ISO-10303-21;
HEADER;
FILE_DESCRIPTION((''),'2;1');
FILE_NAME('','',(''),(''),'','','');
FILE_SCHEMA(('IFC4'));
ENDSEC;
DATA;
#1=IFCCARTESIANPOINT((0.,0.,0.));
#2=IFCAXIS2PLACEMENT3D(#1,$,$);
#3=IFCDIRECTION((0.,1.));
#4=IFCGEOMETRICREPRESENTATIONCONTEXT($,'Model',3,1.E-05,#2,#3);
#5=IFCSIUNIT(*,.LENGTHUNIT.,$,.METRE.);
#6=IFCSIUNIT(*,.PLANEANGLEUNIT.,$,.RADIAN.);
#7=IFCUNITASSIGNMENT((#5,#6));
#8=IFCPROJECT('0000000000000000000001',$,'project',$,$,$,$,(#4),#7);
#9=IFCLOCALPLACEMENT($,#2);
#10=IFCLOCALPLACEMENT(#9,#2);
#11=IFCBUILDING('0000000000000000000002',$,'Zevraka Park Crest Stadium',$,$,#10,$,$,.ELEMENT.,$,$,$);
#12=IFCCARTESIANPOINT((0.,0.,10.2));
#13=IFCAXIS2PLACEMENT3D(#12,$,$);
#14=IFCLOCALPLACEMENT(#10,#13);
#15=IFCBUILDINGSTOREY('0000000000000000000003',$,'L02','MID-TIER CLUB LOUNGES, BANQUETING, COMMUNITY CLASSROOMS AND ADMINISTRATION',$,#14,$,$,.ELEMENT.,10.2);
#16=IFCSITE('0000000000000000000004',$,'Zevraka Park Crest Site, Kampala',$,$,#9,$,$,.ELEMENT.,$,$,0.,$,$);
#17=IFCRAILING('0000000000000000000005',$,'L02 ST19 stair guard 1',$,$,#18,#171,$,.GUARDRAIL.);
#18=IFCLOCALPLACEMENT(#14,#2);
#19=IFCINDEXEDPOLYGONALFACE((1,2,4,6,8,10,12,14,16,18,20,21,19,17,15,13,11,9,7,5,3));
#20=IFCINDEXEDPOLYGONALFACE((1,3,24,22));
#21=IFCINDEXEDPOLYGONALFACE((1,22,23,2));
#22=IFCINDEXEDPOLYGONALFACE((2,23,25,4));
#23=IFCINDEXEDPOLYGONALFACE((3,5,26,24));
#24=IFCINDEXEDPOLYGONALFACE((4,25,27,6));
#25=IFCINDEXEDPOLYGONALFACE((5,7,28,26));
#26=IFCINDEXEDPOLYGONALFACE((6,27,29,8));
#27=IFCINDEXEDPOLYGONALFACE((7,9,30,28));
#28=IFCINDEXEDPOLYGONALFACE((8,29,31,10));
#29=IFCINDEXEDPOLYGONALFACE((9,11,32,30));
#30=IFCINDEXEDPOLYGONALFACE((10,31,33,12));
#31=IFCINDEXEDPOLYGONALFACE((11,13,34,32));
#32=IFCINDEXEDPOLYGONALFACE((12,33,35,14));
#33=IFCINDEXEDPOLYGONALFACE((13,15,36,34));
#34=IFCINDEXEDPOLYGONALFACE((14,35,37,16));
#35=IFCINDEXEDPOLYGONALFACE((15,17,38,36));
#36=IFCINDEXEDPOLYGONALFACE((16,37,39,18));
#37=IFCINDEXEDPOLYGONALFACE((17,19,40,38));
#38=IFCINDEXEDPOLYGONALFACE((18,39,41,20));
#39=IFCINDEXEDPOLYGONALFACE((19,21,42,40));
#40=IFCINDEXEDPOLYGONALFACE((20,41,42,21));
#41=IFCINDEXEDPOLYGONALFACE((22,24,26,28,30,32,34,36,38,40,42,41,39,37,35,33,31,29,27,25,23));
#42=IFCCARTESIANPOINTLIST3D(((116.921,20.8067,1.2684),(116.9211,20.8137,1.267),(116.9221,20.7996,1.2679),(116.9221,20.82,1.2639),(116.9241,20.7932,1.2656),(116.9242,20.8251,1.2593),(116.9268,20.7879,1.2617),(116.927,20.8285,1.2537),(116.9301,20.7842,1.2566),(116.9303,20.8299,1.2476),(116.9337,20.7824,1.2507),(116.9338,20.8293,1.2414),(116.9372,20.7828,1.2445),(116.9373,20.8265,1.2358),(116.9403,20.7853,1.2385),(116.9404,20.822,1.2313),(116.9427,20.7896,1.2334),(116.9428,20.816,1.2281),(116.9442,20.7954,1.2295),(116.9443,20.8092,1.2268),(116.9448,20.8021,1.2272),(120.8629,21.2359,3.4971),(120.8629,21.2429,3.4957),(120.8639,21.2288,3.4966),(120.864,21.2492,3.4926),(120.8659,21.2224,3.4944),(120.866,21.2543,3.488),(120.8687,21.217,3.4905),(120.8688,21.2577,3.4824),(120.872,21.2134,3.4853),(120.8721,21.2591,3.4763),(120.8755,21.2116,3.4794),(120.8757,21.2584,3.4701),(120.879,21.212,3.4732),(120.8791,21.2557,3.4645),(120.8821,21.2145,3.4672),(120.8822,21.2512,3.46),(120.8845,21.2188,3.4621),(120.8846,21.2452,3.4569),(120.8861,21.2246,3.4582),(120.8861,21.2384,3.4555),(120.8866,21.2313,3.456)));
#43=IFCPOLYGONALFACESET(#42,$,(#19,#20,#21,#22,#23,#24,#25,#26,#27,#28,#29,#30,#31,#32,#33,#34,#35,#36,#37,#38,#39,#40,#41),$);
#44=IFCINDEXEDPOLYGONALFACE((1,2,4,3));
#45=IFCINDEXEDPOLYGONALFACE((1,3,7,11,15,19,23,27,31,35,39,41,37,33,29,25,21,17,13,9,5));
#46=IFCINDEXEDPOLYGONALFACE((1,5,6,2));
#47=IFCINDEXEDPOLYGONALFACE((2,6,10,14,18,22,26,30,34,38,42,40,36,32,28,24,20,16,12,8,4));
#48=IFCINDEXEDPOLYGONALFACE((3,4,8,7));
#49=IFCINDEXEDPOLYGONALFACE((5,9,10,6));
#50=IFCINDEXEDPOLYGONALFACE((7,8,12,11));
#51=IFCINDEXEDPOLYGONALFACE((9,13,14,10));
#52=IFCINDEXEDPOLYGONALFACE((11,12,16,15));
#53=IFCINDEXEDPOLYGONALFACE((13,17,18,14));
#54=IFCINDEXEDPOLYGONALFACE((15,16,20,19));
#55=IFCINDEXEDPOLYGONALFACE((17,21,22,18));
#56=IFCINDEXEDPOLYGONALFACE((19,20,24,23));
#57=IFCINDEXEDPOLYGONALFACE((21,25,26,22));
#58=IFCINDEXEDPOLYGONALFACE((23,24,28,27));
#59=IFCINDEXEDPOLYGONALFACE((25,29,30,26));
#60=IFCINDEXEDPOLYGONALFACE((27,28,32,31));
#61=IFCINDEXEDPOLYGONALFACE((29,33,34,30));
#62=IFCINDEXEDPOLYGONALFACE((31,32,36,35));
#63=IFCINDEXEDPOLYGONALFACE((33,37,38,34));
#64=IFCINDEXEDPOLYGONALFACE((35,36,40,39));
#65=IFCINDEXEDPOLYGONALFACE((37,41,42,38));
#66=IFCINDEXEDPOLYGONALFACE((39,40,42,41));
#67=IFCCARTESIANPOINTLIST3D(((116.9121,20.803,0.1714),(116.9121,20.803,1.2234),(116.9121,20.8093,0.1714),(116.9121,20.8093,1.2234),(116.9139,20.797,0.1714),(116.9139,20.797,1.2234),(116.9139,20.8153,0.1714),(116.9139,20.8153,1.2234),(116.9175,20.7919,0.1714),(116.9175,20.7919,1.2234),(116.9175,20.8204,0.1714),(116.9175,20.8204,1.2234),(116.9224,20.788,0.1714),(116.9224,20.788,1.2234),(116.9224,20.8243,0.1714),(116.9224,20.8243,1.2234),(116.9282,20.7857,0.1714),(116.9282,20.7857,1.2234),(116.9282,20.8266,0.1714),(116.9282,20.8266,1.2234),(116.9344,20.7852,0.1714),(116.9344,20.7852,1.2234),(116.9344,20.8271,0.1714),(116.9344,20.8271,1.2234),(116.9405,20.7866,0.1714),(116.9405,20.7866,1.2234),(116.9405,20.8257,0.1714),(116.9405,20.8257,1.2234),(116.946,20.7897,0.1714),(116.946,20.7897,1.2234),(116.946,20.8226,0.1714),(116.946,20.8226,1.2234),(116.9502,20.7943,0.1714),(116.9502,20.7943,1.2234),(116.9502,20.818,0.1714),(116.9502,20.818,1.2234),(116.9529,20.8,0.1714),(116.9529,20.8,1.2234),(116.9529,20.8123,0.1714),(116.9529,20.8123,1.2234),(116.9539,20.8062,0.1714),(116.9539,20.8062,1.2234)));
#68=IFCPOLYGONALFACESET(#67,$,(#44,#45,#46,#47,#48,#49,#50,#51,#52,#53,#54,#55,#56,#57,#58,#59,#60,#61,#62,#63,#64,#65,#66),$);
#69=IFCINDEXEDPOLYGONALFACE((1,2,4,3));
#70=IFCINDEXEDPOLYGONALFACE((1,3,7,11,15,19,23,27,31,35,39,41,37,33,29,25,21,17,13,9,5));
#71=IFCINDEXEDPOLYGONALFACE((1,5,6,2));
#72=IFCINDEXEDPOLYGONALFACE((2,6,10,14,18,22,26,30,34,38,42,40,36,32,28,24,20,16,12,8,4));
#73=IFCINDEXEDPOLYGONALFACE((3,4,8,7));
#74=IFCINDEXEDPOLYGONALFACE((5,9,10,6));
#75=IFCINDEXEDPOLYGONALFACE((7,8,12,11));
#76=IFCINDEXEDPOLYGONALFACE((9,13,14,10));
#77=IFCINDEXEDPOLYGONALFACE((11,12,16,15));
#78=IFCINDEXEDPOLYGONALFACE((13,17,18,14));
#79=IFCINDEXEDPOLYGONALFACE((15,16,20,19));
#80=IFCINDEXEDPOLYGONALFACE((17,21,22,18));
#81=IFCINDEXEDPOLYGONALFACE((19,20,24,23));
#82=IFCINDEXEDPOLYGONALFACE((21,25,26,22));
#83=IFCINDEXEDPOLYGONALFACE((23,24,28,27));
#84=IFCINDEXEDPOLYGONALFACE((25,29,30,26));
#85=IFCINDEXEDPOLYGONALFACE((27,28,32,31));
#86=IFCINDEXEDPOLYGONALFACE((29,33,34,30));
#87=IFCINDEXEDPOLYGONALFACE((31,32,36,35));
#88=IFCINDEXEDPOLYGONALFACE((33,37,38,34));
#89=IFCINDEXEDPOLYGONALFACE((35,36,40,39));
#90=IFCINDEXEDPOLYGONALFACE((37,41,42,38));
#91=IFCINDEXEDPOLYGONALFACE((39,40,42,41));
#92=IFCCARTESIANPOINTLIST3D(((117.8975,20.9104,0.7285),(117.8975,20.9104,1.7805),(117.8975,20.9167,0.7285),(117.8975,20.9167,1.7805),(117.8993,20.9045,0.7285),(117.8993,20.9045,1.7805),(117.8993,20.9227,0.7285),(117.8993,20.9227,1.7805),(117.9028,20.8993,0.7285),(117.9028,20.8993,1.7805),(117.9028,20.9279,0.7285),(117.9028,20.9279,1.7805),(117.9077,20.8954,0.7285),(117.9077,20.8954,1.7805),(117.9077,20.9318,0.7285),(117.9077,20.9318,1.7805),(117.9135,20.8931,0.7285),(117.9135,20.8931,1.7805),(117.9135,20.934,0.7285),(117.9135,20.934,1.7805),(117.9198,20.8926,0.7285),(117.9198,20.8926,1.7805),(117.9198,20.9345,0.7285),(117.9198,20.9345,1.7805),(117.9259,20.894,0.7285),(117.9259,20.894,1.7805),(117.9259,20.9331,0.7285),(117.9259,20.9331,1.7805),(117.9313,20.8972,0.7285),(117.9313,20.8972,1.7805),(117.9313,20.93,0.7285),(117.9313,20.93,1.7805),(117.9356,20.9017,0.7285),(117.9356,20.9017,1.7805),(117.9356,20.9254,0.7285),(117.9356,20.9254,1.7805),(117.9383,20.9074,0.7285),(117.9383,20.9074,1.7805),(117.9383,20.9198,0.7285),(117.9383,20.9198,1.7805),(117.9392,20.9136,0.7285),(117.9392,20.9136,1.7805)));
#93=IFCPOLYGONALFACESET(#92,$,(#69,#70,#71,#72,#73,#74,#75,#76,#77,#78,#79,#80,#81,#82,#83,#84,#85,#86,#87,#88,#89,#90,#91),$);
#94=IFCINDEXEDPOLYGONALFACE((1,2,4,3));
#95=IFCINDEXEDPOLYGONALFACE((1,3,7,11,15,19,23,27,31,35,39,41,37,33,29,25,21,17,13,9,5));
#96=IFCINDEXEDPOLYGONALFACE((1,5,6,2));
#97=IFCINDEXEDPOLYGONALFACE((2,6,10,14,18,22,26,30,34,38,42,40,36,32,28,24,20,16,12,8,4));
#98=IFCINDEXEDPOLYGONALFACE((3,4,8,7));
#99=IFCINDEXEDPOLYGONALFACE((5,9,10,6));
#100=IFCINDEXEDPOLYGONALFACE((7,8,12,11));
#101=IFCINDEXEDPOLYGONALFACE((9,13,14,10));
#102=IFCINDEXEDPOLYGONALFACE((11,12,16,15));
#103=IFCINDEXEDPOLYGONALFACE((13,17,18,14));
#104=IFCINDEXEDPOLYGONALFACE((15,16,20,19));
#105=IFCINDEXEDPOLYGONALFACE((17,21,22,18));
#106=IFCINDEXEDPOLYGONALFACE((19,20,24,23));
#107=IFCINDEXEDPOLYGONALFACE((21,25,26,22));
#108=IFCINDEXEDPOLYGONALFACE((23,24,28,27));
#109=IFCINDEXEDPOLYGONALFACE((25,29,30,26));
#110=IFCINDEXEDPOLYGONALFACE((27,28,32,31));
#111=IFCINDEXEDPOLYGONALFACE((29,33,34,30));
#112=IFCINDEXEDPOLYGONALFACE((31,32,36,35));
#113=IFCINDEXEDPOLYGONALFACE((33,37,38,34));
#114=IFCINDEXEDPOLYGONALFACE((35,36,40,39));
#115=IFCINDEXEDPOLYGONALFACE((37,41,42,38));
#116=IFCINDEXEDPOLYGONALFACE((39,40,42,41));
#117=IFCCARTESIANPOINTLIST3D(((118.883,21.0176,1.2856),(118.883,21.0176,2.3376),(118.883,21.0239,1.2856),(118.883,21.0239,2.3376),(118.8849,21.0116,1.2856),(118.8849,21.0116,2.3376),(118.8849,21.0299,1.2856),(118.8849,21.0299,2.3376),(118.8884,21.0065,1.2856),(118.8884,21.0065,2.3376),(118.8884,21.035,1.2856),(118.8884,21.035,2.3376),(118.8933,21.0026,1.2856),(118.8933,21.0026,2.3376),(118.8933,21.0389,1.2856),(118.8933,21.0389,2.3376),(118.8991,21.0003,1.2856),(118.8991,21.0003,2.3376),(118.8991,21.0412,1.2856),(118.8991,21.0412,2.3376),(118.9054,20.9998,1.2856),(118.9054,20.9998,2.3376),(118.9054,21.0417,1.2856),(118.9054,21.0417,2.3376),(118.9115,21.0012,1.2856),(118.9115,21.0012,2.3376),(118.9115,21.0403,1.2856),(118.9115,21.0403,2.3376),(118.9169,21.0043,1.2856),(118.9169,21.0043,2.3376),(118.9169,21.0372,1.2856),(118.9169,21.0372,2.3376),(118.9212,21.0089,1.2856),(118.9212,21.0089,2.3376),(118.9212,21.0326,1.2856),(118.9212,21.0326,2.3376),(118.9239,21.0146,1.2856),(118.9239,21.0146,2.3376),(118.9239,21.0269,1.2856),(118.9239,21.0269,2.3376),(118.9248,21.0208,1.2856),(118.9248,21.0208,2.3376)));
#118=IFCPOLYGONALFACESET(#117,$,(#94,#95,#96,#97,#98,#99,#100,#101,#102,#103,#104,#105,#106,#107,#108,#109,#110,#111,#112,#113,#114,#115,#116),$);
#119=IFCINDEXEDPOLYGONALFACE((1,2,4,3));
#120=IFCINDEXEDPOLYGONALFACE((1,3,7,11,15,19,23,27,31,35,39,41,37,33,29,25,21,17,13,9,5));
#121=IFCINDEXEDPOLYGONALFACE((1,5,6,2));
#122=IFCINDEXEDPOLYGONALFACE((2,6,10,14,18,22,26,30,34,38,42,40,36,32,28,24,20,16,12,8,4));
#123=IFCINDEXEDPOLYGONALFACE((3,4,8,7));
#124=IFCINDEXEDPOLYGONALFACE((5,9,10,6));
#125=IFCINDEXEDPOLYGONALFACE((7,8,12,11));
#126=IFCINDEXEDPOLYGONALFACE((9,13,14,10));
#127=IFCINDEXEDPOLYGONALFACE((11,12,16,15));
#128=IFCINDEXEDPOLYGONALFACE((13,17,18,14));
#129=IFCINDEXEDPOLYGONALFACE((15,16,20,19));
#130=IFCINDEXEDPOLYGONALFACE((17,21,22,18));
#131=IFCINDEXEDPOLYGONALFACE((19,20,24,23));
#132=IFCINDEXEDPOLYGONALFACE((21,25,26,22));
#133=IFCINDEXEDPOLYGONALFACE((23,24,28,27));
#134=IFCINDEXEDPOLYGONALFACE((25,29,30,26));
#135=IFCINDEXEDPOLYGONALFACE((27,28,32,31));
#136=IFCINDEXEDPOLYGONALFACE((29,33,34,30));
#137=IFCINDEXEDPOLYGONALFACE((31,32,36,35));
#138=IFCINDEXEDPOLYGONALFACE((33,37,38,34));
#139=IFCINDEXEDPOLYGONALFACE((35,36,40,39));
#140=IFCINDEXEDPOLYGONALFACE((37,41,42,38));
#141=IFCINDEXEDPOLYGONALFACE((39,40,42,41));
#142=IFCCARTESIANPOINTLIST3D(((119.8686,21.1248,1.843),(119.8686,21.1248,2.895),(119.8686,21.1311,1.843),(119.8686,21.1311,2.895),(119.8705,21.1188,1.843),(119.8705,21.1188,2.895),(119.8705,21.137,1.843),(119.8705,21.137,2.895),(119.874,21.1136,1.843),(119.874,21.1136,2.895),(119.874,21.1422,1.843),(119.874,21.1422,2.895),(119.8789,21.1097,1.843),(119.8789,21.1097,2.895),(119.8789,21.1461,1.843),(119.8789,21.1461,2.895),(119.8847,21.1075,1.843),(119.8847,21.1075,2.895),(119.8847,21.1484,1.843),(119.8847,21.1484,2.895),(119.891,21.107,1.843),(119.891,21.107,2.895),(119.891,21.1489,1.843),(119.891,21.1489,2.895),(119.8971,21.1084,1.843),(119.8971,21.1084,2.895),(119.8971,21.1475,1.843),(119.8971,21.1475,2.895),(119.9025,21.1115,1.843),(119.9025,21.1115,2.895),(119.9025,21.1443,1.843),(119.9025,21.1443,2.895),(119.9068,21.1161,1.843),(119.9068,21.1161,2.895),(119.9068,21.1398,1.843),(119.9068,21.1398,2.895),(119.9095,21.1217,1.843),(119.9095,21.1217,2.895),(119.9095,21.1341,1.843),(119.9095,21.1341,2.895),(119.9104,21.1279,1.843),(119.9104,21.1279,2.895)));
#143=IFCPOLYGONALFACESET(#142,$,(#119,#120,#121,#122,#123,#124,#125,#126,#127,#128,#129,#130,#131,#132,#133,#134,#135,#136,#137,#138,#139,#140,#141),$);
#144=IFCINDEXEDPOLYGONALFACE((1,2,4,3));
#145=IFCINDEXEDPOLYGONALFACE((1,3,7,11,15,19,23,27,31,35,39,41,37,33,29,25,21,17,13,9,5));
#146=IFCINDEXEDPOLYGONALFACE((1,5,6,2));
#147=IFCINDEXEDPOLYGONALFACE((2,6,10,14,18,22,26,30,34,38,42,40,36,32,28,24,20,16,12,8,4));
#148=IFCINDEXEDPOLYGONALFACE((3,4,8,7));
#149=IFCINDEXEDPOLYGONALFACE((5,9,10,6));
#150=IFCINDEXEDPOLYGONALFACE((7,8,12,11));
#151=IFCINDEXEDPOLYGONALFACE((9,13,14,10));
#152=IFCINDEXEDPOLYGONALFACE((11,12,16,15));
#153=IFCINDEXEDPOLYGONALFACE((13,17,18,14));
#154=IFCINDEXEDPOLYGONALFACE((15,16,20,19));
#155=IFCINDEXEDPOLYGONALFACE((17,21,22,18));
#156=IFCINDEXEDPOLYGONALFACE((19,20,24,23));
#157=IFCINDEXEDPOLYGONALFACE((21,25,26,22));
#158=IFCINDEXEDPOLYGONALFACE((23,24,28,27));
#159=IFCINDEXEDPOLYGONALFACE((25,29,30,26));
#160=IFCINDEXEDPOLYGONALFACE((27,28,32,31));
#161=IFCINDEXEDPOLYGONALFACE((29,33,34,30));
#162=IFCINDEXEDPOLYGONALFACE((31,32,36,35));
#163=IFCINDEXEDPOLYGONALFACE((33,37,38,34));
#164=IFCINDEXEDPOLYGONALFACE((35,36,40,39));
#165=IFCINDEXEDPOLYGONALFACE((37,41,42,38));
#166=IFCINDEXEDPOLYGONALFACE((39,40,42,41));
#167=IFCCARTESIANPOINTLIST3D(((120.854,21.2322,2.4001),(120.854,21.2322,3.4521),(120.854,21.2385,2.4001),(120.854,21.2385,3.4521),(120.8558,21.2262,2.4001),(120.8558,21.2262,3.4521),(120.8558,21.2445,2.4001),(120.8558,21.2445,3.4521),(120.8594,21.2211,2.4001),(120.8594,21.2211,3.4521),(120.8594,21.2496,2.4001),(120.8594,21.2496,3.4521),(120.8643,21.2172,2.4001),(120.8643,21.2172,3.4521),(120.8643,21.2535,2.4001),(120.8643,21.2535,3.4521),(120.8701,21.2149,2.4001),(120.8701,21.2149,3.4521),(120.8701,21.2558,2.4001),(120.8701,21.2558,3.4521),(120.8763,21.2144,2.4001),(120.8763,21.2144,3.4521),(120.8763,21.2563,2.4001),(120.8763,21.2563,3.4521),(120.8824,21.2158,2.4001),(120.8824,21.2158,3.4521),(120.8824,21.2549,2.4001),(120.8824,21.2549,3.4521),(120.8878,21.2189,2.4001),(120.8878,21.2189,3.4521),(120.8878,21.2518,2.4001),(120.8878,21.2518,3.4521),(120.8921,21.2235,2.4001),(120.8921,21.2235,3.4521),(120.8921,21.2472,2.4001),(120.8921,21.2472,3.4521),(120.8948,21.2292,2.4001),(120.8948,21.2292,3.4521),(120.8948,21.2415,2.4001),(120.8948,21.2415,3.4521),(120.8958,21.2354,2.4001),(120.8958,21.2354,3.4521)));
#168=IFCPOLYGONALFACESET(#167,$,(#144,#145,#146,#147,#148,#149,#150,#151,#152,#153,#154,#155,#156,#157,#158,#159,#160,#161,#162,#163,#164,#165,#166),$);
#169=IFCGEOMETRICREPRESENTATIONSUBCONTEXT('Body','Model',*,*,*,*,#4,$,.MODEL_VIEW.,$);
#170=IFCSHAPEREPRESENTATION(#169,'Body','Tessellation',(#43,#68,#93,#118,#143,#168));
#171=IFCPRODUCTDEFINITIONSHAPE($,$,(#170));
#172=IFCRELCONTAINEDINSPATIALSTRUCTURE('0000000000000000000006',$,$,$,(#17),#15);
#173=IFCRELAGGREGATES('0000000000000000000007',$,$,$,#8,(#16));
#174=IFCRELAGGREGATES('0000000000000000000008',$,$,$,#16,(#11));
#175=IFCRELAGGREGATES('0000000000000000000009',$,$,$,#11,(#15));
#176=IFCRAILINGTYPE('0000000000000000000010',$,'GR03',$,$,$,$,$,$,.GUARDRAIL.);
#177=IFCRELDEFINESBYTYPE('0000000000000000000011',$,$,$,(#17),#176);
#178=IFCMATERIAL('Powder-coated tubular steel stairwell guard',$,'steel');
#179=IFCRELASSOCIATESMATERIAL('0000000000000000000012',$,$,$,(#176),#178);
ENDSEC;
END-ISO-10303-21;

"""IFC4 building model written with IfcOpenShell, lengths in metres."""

from ifc_helpers import new_model, si_unit, direction, frame, origin, origin_2d, place, context, subcontext, project, spatial, circle, extrude, material, type_object, element, save


model = new_model("IFC4")

# Units and contexts
model_context = context("Model", 3, precision=1e-05, world=origin(), true_north=direction((0.0, 1.0)))
body_context = subcontext(model_context, "Body", "Model", "MODEL_VIEW")
ifc_project = project(units=[si_unit("LENGTHUNIT", "METRE"), si_unit("PLANEANGLEUNIT", "RADIAN")], contexts=[model_context])

# Site, building, storey
site_placement = place(None, origin())
site = spatial("IfcSite", under=ifc_project, at=site_placement, Name="Zevraka Park Crest Site, Kampala", CompositionType="ELEMENT", RefElevation=0.0)
building_placement = place(site_placement, origin())
building = spatial("IfcBuilding", under=site, at=building_placement, Name="Zevraka Park Crest Stadium", CompositionType="ELEMENT")
storey_placement = place(building_placement, frame((0.0, 0.0, 10.2)))
storey = spatial("IfcBuildingStorey", under=building, at=storey_placement, Name="L02", Description="MID-TIER CLUB LOUNGES, BANQUETING, COMMUNITY CLASSROOMS AND ADMINISTRATION", CompositionType="ELEMENT", Elevation=10.2)

# Railing
ifc_material_1 = material(Name="Powder-coated tubular steel stairwell guard", Category="steel")
railing_type_1 = type_object("IfcRailingType", Name="GR03", PredefinedType="GUARDRAIL", material=ifc_material_1)
railing_1_placement = place(storey_placement, frame((116.9329, 20.8062, 0.1714)))
element("IfcRailing", 1, at=railing_1_placement, inside=storey, type_object=railing_type_1, Name="L02 ST19 stair guard 1", PredefinedType="GUARDRAIL", context=body_context, shape_type="SweptSolid", body=[
    extrude(circle(Radius=0.0239, at=origin_2d()), frame((0.0, 0.0, 1.0762), z_axis=(0.86661, 0.094358, 0.489984), x_axis=(-0.108242, 0.994125, 0.0)), (0.0, 0.0, 1.0), 4.5486),
    extrude(circle(Radius=0.021, at=origin_2d()), origin(), (0.0, 0.0, 1.0), 1.052),
    extrude(circle(Radius=0.021, at=origin_2d()), frame((0.9854, 0.1074, 0.5571)), (0.0, 0.0, 1.0), 1.052),
    extrude(circle(Radius=0.021, at=origin_2d()), frame((1.9709, 0.2146, 1.1143)), (0.0, 0.0, 1.0), 1.052),
    extrude(circle(Radius=0.021, at=origin_2d()), frame((2.9565, 0.3218, 1.6716)), (0.0, 0.0, 1.0), 1.052),
    extrude(circle(Radius=0.021, at=origin_2d()), frame((3.9419, 0.4292, 2.2288)), (0.0, 0.0, 1.0), 1.052),
])

save(model, "model.ifc")
